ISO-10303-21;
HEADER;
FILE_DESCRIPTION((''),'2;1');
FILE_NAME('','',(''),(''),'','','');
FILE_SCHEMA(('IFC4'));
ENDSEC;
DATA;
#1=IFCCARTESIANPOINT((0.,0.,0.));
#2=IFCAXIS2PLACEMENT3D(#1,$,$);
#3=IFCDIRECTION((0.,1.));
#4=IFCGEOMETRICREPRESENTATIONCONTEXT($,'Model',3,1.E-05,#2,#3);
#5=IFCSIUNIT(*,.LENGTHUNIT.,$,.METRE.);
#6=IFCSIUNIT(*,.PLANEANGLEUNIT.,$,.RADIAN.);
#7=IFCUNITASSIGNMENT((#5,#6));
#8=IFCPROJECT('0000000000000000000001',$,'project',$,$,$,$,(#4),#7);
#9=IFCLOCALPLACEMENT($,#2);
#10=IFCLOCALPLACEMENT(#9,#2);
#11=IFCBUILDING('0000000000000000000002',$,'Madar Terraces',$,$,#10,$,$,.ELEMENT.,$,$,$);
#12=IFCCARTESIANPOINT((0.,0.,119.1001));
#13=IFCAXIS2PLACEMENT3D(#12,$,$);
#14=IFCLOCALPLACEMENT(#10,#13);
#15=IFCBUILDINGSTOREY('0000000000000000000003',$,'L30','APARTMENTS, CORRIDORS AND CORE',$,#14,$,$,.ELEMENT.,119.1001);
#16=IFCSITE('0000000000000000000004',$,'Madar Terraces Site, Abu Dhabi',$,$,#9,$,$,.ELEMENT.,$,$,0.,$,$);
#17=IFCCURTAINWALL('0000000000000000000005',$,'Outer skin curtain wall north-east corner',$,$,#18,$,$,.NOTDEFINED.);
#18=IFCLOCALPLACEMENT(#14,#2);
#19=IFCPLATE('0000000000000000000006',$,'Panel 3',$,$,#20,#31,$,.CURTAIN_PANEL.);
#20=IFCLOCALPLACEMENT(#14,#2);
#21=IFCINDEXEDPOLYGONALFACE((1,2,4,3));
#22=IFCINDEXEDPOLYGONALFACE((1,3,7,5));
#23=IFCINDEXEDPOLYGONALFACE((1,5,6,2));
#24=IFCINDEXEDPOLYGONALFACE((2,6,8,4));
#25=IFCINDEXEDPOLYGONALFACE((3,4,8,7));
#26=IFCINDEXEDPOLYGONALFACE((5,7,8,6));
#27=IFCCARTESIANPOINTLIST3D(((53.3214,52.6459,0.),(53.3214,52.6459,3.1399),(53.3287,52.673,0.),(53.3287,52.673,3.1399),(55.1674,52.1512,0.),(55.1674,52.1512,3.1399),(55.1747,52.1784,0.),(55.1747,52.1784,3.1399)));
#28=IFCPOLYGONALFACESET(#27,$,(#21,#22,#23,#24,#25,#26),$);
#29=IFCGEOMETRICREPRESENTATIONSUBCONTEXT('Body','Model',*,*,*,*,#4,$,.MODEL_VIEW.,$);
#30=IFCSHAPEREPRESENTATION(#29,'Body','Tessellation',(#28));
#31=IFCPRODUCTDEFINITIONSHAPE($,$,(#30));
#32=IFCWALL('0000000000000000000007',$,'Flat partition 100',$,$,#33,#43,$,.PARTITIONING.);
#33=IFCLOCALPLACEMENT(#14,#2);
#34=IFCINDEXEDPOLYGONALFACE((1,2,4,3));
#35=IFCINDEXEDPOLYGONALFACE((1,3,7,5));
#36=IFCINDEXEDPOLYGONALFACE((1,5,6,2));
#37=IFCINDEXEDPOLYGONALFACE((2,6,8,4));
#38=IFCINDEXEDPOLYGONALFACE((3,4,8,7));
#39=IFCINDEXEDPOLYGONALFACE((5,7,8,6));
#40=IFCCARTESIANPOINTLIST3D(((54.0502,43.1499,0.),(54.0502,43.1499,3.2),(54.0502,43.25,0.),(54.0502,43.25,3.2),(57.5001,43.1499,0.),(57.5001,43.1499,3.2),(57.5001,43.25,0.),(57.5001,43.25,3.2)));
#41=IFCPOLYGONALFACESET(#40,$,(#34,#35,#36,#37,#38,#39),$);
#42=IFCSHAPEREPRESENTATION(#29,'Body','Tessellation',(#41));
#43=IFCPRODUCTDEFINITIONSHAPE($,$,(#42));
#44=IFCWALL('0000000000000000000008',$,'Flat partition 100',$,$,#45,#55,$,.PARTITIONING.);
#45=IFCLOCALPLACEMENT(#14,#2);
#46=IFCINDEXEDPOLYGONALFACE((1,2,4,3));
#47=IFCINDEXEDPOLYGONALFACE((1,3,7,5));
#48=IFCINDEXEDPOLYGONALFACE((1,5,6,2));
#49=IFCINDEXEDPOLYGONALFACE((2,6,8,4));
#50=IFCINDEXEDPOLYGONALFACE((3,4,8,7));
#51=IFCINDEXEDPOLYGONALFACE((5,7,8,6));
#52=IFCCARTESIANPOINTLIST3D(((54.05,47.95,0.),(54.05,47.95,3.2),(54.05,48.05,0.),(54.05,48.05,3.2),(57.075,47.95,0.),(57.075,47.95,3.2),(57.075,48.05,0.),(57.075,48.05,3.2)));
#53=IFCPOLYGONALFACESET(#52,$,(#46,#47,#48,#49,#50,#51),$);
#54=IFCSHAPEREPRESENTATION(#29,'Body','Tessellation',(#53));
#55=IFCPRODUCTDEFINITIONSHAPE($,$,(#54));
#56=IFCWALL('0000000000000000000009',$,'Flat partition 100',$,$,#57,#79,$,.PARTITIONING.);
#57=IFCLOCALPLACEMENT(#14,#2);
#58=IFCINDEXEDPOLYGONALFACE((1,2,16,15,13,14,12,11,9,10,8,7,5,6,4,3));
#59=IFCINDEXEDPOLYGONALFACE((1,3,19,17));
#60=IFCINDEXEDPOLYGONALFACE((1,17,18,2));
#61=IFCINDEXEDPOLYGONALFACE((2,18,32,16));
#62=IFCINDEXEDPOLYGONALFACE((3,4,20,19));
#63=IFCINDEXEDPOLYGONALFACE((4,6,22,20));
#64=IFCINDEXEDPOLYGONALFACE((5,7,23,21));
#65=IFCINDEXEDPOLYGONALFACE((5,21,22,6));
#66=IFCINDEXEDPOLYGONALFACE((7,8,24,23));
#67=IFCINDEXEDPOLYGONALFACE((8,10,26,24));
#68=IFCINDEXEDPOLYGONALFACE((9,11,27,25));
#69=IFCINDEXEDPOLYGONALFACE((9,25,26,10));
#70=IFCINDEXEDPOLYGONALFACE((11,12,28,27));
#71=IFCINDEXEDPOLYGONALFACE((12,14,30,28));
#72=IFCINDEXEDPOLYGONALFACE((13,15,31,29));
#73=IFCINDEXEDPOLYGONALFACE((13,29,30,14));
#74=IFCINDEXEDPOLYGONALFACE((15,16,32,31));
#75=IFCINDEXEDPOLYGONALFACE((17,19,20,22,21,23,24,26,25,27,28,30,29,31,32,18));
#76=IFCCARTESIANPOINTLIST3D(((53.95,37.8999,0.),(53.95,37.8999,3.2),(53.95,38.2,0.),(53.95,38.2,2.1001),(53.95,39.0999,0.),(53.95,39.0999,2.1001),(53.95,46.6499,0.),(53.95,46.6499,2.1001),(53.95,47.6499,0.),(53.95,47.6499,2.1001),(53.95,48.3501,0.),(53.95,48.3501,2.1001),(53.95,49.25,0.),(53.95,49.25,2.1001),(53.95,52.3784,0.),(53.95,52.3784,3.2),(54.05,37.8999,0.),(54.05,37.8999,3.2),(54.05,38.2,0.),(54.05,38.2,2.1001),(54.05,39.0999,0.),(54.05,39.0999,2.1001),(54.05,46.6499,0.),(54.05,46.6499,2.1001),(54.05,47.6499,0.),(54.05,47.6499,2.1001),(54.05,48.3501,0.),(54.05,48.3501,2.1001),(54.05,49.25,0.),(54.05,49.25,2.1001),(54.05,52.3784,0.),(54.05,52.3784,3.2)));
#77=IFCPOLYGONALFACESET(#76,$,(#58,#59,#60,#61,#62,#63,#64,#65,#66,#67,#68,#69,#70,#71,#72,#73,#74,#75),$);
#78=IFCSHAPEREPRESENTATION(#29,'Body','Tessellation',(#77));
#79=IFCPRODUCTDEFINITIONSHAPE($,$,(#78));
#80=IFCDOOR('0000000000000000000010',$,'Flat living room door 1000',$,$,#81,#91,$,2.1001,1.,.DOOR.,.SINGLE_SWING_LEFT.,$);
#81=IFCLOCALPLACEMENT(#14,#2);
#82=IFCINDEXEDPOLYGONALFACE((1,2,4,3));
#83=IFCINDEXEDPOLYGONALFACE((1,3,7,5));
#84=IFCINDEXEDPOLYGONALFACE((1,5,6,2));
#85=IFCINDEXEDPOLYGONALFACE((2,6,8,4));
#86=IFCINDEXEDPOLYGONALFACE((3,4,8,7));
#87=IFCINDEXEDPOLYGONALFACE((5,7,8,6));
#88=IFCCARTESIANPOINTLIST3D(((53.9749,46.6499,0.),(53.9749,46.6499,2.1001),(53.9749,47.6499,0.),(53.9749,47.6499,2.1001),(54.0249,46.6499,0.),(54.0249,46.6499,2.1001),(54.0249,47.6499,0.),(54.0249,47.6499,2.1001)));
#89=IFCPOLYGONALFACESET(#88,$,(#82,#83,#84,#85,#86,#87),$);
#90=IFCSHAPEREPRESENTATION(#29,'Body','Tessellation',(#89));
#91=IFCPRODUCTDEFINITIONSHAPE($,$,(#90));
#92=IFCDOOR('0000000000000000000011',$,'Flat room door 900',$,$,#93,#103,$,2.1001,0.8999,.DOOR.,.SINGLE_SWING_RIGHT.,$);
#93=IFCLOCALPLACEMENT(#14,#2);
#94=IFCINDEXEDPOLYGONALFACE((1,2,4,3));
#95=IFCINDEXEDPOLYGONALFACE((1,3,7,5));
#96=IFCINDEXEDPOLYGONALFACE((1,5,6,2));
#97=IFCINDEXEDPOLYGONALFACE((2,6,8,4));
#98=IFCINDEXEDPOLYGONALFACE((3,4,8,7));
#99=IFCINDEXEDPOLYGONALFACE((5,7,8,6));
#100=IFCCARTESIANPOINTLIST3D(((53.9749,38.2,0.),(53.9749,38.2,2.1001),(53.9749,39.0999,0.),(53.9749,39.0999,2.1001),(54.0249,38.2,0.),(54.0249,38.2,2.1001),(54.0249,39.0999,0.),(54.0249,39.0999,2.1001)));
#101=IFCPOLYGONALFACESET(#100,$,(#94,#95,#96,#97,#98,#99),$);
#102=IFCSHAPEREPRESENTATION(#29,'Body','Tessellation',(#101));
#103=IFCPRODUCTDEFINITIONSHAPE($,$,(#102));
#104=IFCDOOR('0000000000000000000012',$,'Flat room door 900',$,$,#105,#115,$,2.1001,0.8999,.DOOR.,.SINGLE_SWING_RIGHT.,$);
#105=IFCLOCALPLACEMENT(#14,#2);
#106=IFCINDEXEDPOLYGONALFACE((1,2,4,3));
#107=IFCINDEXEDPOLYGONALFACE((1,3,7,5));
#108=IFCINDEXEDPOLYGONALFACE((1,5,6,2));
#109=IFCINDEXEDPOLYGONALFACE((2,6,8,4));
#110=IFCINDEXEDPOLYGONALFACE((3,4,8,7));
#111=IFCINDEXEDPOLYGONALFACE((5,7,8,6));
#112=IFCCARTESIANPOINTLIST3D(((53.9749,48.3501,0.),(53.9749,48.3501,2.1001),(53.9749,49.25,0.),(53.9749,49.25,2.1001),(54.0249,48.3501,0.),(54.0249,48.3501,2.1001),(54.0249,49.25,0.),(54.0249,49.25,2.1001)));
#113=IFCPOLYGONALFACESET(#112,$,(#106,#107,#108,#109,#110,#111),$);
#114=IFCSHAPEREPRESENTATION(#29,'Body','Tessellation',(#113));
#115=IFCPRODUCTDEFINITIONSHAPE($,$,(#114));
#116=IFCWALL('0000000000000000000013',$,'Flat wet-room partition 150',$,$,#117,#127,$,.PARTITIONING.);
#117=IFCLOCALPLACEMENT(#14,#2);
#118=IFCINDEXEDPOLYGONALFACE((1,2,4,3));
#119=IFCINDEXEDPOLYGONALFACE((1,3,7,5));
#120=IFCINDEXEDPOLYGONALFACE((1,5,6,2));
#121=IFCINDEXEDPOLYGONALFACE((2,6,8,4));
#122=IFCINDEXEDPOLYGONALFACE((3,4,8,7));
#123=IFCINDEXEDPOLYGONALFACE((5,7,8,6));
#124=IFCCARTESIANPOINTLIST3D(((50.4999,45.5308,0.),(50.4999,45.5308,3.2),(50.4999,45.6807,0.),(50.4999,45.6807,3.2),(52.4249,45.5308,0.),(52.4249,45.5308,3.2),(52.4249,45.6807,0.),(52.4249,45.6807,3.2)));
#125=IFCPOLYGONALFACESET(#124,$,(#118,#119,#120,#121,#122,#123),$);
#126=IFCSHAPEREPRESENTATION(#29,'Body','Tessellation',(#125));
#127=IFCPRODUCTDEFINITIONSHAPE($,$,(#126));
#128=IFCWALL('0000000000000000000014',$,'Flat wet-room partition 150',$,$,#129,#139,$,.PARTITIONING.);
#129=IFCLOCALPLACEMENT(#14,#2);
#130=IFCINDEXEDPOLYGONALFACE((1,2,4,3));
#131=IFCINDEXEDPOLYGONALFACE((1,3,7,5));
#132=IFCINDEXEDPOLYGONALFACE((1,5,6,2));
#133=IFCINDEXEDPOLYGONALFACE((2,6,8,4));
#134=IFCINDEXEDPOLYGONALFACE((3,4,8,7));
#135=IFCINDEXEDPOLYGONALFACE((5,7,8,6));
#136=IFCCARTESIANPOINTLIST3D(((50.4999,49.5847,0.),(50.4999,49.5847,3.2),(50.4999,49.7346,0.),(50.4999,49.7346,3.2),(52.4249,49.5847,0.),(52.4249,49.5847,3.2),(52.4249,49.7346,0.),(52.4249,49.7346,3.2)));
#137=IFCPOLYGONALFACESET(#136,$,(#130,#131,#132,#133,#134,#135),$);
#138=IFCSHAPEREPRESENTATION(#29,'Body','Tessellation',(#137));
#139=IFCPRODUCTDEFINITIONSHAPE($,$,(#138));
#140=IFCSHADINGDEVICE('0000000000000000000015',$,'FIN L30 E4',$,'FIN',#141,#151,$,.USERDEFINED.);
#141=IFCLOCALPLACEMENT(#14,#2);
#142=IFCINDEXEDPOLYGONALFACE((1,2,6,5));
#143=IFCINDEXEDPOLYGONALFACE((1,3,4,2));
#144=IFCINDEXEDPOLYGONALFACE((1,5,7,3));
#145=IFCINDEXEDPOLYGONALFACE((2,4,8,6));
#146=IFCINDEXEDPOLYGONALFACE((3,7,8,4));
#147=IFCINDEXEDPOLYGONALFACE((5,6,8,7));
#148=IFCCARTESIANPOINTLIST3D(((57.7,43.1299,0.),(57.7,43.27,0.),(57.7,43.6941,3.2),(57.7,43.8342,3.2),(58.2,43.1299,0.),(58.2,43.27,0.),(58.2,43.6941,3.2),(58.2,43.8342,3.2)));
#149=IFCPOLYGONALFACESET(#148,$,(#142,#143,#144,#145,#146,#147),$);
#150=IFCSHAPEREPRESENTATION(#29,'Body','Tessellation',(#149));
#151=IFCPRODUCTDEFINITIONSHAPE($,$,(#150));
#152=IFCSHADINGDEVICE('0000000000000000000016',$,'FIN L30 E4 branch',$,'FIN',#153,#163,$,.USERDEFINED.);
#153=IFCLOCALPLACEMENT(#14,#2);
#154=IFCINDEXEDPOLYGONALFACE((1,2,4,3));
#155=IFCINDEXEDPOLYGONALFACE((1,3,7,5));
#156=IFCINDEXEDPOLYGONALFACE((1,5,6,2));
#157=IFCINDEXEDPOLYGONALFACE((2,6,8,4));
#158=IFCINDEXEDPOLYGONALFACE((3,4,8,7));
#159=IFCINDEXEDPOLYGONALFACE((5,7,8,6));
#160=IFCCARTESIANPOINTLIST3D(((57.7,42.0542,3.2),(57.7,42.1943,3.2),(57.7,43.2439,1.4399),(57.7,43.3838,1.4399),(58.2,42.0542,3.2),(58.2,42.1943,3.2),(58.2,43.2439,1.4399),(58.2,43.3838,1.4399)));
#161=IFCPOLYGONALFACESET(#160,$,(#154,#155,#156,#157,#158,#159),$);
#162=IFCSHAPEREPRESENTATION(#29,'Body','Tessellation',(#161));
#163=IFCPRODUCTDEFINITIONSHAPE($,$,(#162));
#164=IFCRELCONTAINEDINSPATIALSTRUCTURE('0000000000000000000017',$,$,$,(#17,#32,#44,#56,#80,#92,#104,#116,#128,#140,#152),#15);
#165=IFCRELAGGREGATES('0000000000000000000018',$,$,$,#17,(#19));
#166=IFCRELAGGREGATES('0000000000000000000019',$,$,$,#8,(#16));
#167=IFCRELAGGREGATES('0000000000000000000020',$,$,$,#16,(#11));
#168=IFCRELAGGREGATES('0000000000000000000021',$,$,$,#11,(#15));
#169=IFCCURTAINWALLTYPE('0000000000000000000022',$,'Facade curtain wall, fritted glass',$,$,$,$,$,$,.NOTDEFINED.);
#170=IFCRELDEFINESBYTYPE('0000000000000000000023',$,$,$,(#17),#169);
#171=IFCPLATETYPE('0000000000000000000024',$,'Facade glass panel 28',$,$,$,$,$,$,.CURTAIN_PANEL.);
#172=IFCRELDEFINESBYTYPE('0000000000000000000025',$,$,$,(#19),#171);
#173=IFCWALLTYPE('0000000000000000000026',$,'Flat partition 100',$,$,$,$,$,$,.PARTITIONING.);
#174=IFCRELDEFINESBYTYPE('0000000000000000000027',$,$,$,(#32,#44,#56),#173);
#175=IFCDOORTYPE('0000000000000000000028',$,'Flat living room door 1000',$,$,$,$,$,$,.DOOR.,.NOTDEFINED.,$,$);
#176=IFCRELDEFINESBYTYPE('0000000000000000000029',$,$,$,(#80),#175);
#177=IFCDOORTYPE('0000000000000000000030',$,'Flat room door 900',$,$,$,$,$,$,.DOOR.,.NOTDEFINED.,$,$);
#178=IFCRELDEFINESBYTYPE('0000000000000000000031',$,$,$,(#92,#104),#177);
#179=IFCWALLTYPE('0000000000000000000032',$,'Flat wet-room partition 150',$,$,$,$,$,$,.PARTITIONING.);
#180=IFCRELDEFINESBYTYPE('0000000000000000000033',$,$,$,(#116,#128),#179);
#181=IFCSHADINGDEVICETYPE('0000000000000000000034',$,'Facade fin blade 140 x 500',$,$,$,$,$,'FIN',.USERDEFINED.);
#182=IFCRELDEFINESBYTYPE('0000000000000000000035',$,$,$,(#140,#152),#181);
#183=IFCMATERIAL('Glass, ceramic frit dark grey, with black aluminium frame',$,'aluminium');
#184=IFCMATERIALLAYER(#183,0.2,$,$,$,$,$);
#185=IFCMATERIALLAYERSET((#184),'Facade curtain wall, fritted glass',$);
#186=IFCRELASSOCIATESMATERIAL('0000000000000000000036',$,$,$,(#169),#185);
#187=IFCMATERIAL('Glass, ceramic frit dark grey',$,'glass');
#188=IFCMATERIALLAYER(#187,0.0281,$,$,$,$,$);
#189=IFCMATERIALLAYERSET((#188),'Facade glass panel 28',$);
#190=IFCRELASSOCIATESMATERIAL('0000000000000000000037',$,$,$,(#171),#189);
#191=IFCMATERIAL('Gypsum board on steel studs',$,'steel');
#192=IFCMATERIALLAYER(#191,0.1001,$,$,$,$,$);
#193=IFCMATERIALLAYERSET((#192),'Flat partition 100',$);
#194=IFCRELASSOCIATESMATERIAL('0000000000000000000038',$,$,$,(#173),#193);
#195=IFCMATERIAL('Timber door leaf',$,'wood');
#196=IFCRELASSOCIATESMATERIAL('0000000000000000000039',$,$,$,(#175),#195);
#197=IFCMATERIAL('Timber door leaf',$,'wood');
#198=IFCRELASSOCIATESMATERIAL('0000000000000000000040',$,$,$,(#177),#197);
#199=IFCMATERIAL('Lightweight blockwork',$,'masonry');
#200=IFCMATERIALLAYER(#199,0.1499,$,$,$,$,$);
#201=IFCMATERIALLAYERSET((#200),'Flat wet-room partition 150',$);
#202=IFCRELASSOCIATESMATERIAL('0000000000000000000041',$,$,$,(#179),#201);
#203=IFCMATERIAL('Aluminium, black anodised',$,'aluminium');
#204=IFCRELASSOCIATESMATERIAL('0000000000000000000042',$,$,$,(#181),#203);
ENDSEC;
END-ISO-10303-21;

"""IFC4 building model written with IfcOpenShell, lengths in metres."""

from ifc_helpers import new_model, si_unit, direction, frame, frame_2d, origin, origin_2d, place, context, subcontext, project, spatial, polyline, rectangle, outline, extrude, material, layer, layer_set, type_object, element, fill, aggregate, save


model = new_model("IFC4")

# Units and contexts
model_context = context("Model", 3, precision=1e-05, world=origin(), true_north=direction((0.0, 1.0)))
body_context = subcontext(model_context, "Body", "Model", "MODEL_VIEW")
ifc_project = project(units=[si_unit("LENGTHUNIT", "METRE"), si_unit("PLANEANGLEUNIT", "RADIAN")], contexts=[model_context])

# Site, building, storey
site_placement = place(None, origin())
site = spatial("IfcSite", under=ifc_project, at=site_placement, Name="Madar Terraces Site, Abu Dhabi", CompositionType="ELEMENT", RefElevation=0.0)
building_placement = place(site_placement, origin())
building = spatial("IfcBuilding", under=site, at=building_placement, Name="Madar Terraces", CompositionType="ELEMENT")
storey_placement = place(building_placement, frame((0.0, 0.0, 119.1001)))
storey = spatial("IfcBuildingStorey", under=building, at=storey_placement, Name="L30", Description="APARTMENTS, CORRIDORS AND CORE", CompositionType="ELEMENT", Elevation=119.1001)

# Shared definitions
ifc_material_1 = material(Name="Glass, ceramic frit dark grey, with black aluminium frame", Category="aluminium")
ifc_layer_1 = layer(ifc_material_1, 0.2)
ifc_layer_set_1 = layer_set([ifc_layer_1], Name="Facade curtain wall, fritted glass")
curtain_wall_type = type_object("IfcCurtainWallType", Name="Facade curtain wall, fritted glass", PredefinedType="NOTDEFINED", material=ifc_layer_set_1)

# Curtain wall
curtain_wall_1_placement = place(storey_placement, origin())
curtain_wall_1 = element("IfcCurtainWall", 1, at=curtain_wall_1_placement, inside=storey, type_object=curtain_wall_type, Name="Outer skin curtain wall north-east corner", PredefinedType="NOTDEFINED")

# Plate
ifc_material_2 = material(Name="Glass, ceramic frit dark grey", Category="glass")
ifc_layer_2 = layer(ifc_material_2, 0.0281)
ifc_layer_set_2 = layer_set([ifc_layer_2], Name="Facade glass panel 28")
plate_type = type_object("IfcPlateType", Name="Facade glass panel 28", PredefinedType="CURTAIN_PANEL", material=ifc_layer_set_2)
plate_1_placement = place(storey_placement, frame((54.248, 52.4121, 0.0), z_axis=(0.0, 0.0, 1.0), x_axis=(-0.965926, 0.258819, 0.0)))
plate_1 = element("IfcPlate", 2, at=plate_1_placement, type_object=plate_type, Name="Panel 3", PredefinedType="CURTAIN_PANEL", context=body_context, shape_type="SweptSolid", body=[
    extrude(rectangle(XDim=1.9111, YDim=0.0281, at=origin_2d()), origin(), (0.0, 0.0, 1.0), 3.1399),
])
aggregate(curtain_wall_1, [plate_1])

# Walls
ifc_material_3 = material(Name="Gypsum board on steel studs", Category="steel")
ifc_layer_3 = layer(ifc_material_3, 0.1001)
ifc_layer_set_3 = layer_set([ifc_layer_3], Name="Flat partition 100")
wall_type_1 = type_object("IfcWallType", Name="Flat partition 100", PredefinedType="PARTITIONING", material=ifc_layer_set_3)
wall_1_placement = place(storey_placement, frame((54.05, 43.2, 0.0), z_axis=(0.0, 0.0, 1.0), x_axis=(1.0, 0.0, 0.0)))
element("IfcWall", 3, at=wall_1_placement, inside=storey, type_object=wall_type_1, Name="Flat partition 100", PredefinedType="PARTITIONING", context=body_context, shape_type="SweptSolid", body=[
    extrude(rectangle(XDim=3.45, YDim=0.1001, at=frame_2d((1.7251, 0.0))), origin(), (0.0, 0.0, 1.0), 3.2),
])
wall_2_placement = place(storey_placement, frame((54.05, 48.0, 0.0), z_axis=(0.0, 0.0, 1.0), x_axis=(1.0, 0.0, 0.0)))
element("IfcWall", 4, at=wall_2_placement, inside=storey, type_object=wall_type_1, Name="Flat partition 100", PredefinedType="PARTITIONING", context=body_context, shape_type="SweptSolid", body=[
    extrude(rectangle(XDim=3.0249, YDim=0.1001, at=frame_2d((1.5125, 0.0))), origin(), (0.0, 0.0, 1.0), 3.2),
])

# Wall, openings, doors
wall_3_placement = place(storey_placement, frame((54.0, 52.3784, 0.0), z_axis=(0.0, 0.0, 1.0), x_axis=(0.0, -1.0, 0.0)))
wall_3 = element("IfcWall", 5, at=wall_3_placement, inside=storey, type_object=wall_type_1, Name="Flat partition 100", PredefinedType="PARTITIONING", context=body_context, shape_type="SweptSolid", body=[
    extrude(rectangle(XDim=14.4785, YDim=0.1001, at=frame_2d((7.2393, 0.0))), origin(), (0.0, 0.0, 1.0), 3.2),
])
opening_1_placement = place(wall_3_placement, frame((13.2786, 0.0, 0.0)))
opening_1 = element("IfcOpeningElement", 6, at=opening_1_placement, cuts=wall_3, PredefinedType="OPENING", context=body_context, shape_type="SweptSolid", body=[
    extrude(rectangle(XDim=0.8999, YDim=2.1001, at=frame_2d((0.45, 1.05))), frame((0.0, 0.0601, 0.0), z_axis=(0.0, -1.0, 0.0), x_axis=(1.0, 0.0, 0.0)), (0.0, 0.0, 1.0), 0.1201),
])
opening_2_placement = place(wall_3_placement, frame((4.7285, 0.0, 0.0)))
opening_2 = element("IfcOpeningElement", 7, at=opening_2_placement, cuts=wall_3, PredefinedType="OPENING", context=body_context, shape_type="SweptSolid", body=[
    extrude(rectangle(XDim=1.0, YDim=2.1001, at=frame_2d((0.5, 1.05))), frame((0.0, 0.0601, 0.0), z_axis=(0.0, -1.0, 0.0), x_axis=(1.0, 0.0, 0.0)), (0.0, 0.0, 1.0), 0.1201),
])
opening_3_placement = place(wall_3_placement, frame((3.1284, 0.0, 0.0)))
opening_3 = element("IfcOpeningElement", 8, at=opening_3_placement, cuts=wall_3, PredefinedType="OPENING", context=body_context, shape_type="SweptSolid", body=[
    extrude(rectangle(XDim=0.8999, YDim=2.1001, at=frame_2d((0.45, 1.05))), frame((0.0, 0.0601, 0.0), z_axis=(0.0, -1.0, 0.0), x_axis=(1.0, 0.0, 0.0)), (0.0, 0.0, 1.0), 0.1201),
])
ifc_material_4 = material(Name="Timber door leaf", Category="wood")
door_type_1 = type_object("IfcDoorType", Name="Flat living room door 1000", OperationType="NOTDEFINED", PredefinedType="DOOR", material=ifc_material_4)
door_1_placement = place(opening_2_placement, origin())
door_1 = element("IfcDoor", 9, at=door_1_placement, inside=storey, type_object=door_type_1, Name="Flat living room door 1000", OperationType="SINGLE_SWING_LEFT", OverallHeight=2.1001, OverallWidth=1.0, PredefinedType="DOOR", context=body_context, shape_type="SweptSolid", body=[
    extrude(rectangle(XDim=1.0, YDim=2.1001, at=frame_2d((0.5, 1.05))), frame((0.0, 0.0249, 0.0), z_axis=(0.0, -1.0, 0.0), x_axis=(1.0, 0.0, 0.0)), (0.0, 0.0, 1.0), 0.05),
])
fill(opening_2, door_1)
ifc_material_5 = material(Name="Timber door leaf", Category="wood")
door_type_2 = type_object("IfcDoorType", Name="Flat room door 900", OperationType="NOTDEFINED", PredefinedType="DOOR", material=ifc_material_5)
door_2_placement = place(opening_1_placement, origin())
door_2 = element("IfcDoor", 10, at=door_2_placement, inside=storey, type_object=door_type_2, Name="Flat room door 900", OperationType="SINGLE_SWING_RIGHT", OverallHeight=2.1001, OverallWidth=0.8999, PredefinedType="DOOR", context=body_context, shape_type="SweptSolid", body=[
    extrude(rectangle(XDim=0.8999, YDim=2.1001, at=frame_2d((0.45, 1.05))), frame((0.0, 0.0249, 0.0), z_axis=(0.0, -1.0, 0.0), x_axis=(1.0, 0.0, 0.0)), (0.0, 0.0, 1.0), 0.05),
])
fill(opening_1, door_2)
door_3_placement = place(opening_3_placement, origin())
door_3 = element("IfcDoor", 11, at=door_3_placement, inside=storey, type_object=door_type_2, Name="Flat room door 900", OperationType="SINGLE_SWING_RIGHT", OverallHeight=2.1001, OverallWidth=0.8999, PredefinedType="DOOR", context=body_context, shape_type="SweptSolid", body=[
    extrude(rectangle(XDim=0.8999, YDim=2.1001, at=frame_2d((0.45, 1.05))), frame((0.0, 0.0249, 0.0), z_axis=(0.0, -1.0, 0.0), x_axis=(1.0, 0.0, 0.0)), (0.0, 0.0, 1.0), 0.05),
])
fill(opening_3, door_3)

# Walls
ifc_material_6 = material(Name="Lightweight blockwork", Category="masonry")
ifc_layer_4 = layer(ifc_material_6, 0.1499)
ifc_layer_set_4 = layer_set([ifc_layer_4], Name="Flat wet-room partition 150")
wall_type_2 = type_object("IfcWallType", Name="Flat wet-room partition 150", PredefinedType="PARTITIONING", material=ifc_layer_set_4)
for number, where, z_axis, x_axis, name in (
    (12, (50.5, 45.6057, 0.0), (0.0, 0.0, 1.0), (1.0, 0.0, 0.0), "Flat wet-room partition 150"),
    (13, (50.5, 49.6597, 0.0), (0.0, 0.0, 1.0), (1.0, 0.0, 0.0), "Flat wet-room partition 150"),
):
    element("IfcWall", number, at=place(storey_placement, frame(where, z_axis=z_axis, x_axis=x_axis)), inside=storey, type_object=wall_type_2, Name=name, PredefinedType="PARTITIONING", context=body_context, shape_type="SweptSolid", body=[
        extrude(rectangle(XDim=1.925, YDim=0.1499, at=frame_2d((0.9624, 0.0))), origin(), (0.0, 0.0, 1.0), 3.2),
    ])

# Shading devices
ifc_material_7 = material(Name="Aluminium, black anodised", Category="aluminium")
shading_device_type = type_object("IfcShadingDeviceType", Name="Facade fin blade 140 x 500", ElementType="FIN", PredefinedType="USERDEFINED", material=ifc_material_7)
shading_device_1_placement = place(storey_placement, frame((57.95, 43.1299, 0.0), z_axis=(0.0, 0.0, 1.0), x_axis=(0.0, 1.0, 0.0)))
element("IfcShadingDevice", 14, at=shading_device_1_placement, inside=storey, type_object=shading_device_type, Name="FIN L30 E4", ObjectType="FIN", PredefinedType="USERDEFINED", context=body_context, shape_type="SweptSolid", body=[
    extrude(outline(polyline([(0.0, 0.0), (0.1401, 0.0), (0.7043, 3.2), (0.5642, 3.2), (0.0, 0.0)])), frame((0.0, 0.25, 0.0), z_axis=(0.0, -1.0, 0.0), x_axis=(1.0, 0.0, 0.0)), (0.0, 0.0, 1.0), 0.5),
])
shading_device_2_placement = place(storey_placement, frame((57.95, 43.2439, 1.4399), z_axis=(0.0, 0.0, 1.0), x_axis=(0.0, 1.0, 0.0)))
element("IfcShadingDevice", 15, at=shading_device_2_placement, inside=storey, type_object=shading_device_type, Name="FIN L30 E4 branch", ObjectType="FIN", PredefinedType="USERDEFINED", context=body_context, shape_type="SweptSolid", body=[
    extrude(outline(polyline([(0.0, 0.0), (0.1399, 0.0), (-1.0496, 1.76), (-1.1897, 1.76), (0.0, 0.0)])), frame((0.0, 0.25, 0.0), z_axis=(0.0, -1.0, 0.0), x_axis=(1.0, 0.0, 0.0)), (0.0, 0.0, 1.0), 0.5),
])

save(model, "model.ifc")
